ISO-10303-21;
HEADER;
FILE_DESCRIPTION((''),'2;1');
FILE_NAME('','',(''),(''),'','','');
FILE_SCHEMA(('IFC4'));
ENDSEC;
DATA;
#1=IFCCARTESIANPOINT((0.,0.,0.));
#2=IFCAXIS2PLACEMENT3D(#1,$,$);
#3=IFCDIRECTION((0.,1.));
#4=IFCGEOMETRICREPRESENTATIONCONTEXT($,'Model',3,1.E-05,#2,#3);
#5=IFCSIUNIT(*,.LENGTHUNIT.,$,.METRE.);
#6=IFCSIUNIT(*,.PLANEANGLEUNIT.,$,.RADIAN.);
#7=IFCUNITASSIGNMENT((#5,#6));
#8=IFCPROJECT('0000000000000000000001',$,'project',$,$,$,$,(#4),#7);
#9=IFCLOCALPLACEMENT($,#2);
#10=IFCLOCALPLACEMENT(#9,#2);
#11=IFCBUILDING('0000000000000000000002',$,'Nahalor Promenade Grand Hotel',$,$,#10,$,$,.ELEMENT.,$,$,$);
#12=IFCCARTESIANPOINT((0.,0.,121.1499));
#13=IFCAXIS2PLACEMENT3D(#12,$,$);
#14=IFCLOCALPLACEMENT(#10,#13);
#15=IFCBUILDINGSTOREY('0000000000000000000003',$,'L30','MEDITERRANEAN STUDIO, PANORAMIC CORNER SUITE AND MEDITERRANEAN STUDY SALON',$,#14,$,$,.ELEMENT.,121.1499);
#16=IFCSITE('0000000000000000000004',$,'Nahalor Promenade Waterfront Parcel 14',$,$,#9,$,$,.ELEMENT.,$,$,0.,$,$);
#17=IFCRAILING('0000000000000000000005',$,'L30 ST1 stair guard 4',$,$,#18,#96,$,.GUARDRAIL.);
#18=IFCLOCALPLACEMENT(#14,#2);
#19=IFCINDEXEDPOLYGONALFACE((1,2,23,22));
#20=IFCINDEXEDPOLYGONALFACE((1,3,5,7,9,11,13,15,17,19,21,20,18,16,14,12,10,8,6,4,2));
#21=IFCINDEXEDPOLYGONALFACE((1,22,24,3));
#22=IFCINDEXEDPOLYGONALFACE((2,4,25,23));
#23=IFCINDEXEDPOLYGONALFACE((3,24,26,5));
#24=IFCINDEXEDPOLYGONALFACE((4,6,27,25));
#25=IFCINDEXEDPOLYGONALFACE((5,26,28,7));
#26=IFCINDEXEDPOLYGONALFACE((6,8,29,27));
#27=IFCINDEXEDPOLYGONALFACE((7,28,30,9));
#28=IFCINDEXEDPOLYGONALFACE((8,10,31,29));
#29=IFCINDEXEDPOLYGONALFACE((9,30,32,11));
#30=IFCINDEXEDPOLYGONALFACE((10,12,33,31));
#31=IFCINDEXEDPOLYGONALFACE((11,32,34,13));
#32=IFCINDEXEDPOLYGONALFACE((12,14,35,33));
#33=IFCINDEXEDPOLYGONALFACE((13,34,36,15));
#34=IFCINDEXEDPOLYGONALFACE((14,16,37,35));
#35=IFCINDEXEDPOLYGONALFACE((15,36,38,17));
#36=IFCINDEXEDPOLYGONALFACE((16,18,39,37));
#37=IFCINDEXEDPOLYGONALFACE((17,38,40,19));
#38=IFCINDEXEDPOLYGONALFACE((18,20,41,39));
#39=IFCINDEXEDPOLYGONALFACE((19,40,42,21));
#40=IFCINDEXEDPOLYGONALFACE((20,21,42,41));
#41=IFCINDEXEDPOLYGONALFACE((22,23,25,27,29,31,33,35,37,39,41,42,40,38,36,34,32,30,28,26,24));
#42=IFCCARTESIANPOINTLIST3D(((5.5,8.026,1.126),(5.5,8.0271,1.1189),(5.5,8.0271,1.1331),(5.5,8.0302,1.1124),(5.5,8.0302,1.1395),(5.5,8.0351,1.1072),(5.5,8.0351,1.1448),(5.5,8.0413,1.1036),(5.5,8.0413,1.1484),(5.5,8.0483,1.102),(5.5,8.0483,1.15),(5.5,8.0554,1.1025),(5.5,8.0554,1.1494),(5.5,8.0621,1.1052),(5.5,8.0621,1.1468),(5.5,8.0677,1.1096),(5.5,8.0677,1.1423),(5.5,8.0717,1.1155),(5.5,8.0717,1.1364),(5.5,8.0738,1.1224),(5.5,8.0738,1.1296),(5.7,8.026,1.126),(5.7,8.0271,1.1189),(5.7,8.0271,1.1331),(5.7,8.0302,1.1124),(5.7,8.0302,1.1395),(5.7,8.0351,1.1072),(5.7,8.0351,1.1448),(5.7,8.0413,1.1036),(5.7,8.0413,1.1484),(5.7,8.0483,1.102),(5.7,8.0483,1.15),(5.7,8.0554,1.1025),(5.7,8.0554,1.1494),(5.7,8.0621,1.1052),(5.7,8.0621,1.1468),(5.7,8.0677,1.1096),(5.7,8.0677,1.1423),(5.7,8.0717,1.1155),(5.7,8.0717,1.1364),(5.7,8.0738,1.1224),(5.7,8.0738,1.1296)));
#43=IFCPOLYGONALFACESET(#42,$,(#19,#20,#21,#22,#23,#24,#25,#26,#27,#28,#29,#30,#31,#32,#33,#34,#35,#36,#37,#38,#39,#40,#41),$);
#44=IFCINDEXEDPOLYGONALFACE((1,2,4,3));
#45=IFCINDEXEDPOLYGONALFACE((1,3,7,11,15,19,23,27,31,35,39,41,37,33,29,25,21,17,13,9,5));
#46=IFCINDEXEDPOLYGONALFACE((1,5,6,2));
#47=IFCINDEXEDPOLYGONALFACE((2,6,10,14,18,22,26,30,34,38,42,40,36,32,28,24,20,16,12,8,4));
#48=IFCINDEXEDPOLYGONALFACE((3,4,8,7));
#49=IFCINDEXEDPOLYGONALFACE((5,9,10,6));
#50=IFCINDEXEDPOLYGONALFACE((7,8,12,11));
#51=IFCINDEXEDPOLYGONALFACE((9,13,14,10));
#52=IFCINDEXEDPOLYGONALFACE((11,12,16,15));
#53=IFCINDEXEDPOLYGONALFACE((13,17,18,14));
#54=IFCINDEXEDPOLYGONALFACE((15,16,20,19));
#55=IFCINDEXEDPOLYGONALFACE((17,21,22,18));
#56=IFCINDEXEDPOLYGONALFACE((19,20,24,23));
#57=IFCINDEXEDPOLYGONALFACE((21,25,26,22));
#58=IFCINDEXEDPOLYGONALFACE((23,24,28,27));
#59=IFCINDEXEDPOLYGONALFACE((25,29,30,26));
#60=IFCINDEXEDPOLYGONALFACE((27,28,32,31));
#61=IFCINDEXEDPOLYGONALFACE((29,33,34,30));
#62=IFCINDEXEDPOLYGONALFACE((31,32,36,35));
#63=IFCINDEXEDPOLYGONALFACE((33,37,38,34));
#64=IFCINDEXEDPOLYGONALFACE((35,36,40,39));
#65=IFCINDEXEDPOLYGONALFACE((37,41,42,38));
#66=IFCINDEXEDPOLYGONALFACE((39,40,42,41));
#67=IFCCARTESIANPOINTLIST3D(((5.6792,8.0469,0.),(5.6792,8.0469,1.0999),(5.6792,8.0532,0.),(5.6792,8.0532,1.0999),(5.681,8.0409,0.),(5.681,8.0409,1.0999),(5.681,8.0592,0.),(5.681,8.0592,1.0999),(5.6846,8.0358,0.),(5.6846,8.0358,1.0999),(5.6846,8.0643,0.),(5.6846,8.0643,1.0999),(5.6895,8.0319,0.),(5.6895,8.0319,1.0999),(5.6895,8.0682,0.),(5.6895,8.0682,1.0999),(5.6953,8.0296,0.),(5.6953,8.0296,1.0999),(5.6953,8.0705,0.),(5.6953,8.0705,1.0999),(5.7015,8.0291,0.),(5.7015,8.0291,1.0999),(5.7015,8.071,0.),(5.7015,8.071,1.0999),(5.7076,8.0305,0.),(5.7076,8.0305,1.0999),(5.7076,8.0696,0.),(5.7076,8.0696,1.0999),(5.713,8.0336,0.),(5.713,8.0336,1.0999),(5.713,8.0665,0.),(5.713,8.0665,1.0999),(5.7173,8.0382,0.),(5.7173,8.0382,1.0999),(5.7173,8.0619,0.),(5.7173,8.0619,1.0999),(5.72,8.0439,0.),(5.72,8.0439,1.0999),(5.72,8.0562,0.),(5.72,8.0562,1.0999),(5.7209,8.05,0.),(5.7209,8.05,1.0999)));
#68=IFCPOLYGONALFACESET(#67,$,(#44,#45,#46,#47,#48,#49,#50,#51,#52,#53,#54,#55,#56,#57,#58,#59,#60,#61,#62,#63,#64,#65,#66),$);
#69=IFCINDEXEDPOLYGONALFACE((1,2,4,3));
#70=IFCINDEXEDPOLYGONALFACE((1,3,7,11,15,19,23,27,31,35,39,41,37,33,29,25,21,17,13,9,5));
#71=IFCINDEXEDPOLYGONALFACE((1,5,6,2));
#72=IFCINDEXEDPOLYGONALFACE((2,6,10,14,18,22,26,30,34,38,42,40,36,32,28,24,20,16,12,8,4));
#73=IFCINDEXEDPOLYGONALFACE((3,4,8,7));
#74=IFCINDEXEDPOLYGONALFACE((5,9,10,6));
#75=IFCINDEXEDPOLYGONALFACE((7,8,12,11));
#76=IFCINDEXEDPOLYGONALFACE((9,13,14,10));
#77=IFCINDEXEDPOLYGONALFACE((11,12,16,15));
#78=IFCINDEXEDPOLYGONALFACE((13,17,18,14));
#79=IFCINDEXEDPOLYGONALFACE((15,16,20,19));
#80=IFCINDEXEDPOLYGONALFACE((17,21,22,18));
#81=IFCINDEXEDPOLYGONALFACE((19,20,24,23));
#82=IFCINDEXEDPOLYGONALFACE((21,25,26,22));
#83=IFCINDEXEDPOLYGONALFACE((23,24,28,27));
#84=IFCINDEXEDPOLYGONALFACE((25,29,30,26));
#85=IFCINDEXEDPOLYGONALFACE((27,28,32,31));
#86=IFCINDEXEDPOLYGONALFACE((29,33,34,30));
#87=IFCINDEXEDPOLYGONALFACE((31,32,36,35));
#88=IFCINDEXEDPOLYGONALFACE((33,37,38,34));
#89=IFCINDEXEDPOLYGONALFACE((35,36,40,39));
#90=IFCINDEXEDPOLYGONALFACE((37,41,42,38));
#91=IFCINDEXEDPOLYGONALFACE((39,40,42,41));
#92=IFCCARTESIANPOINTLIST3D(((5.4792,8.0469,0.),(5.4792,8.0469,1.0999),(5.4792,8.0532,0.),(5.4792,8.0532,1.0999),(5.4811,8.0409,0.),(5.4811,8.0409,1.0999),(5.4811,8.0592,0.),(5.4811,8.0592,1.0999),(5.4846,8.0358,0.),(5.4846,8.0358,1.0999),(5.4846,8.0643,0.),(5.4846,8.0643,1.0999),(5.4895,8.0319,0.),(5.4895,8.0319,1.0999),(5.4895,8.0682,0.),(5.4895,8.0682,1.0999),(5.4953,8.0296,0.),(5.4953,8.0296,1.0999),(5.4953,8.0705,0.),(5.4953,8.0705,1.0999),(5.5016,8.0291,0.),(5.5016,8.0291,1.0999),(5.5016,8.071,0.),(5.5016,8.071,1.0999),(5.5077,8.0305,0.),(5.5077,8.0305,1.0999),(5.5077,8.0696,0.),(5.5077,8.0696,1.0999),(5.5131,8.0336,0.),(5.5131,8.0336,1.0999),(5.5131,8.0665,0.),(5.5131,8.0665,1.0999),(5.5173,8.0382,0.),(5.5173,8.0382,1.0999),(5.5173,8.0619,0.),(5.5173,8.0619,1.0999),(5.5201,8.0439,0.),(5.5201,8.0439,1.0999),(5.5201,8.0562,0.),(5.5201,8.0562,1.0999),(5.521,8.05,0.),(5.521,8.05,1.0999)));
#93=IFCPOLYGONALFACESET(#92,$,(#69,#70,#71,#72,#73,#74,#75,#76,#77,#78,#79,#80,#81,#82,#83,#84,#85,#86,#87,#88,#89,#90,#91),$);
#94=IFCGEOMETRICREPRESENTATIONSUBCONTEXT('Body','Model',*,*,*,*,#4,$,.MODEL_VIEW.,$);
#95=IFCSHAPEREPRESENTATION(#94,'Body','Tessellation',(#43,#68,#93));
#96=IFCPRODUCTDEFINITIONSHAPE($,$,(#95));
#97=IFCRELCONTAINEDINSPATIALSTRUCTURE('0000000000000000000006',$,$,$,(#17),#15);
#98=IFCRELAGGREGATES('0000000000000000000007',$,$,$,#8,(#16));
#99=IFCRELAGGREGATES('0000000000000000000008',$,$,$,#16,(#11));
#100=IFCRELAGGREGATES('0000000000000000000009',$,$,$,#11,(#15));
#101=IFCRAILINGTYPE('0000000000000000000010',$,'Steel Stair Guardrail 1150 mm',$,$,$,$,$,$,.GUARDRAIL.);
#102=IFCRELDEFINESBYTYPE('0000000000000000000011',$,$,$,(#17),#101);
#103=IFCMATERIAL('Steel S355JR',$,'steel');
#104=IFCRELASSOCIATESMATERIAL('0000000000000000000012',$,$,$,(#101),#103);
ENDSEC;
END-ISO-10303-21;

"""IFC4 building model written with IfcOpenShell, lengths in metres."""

from ifc_helpers import new_model, si_unit, direction, frame, origin, origin_2d, place, context, subcontext, project, spatial, circle, extrude, material, type_object, element, save


model = new_model("IFC4")

# Units and contexts
model_context = context("Model", 3, precision=1e-05, world=origin(), true_north=direction((0.0, 1.0)))
body_context = subcontext(model_context, "Body", "Model", "MODEL_VIEW")
ifc_project = project(units=[si_unit("LENGTHUNIT", "METRE"), si_unit("PLANEANGLEUNIT", "RADIAN")], contexts=[model_context])

# Site, building, storey
site_placement = place(None, origin())
site = spatial("IfcSite", under=ifc_project, at=site_placement, Name="Nahalor Promenade Waterfront Parcel 14", CompositionType="ELEMENT", RefElevation=0.0)
building_placement = place(site_placement, origin())
building = spatial("IfcBuilding", under=site, at=building_placement, Name="Nahalor Promenade Grand Hotel", CompositionType="ELEMENT")
storey_placement = place(building_placement, frame((0.0, 0.0, 121.1499)))
storey = spatial("IfcBuildingStorey", under=building, at=storey_placement, Name="L30", Description="MEDITERRANEAN STUDIO, PANORAMIC CORNER SUITE AND MEDITERRANEAN STUDY SALON", CompositionType="ELEMENT", Elevation=121.1499)

# Shared definitions
ifc_material_1 = material(Name="Steel S355JR", Category="steel")

# Railing
railing_type_1 = type_object("IfcRailingType", Name="Steel Stair Guardrail 1150 mm", PredefinedType="GUARDRAIL", material=ifc_material_1)
railing_1_placement = place(storey_placement, frame((5.7, 8.05, 0.0)))
element("IfcRailing", 1, at=railing_1_placement, inside=storey, type_object=railing_type_1, Name="L30 ST1 stair guard 4", PredefinedType="GUARDRAIL", context=body_context, shape_type="SweptSolid", body=[
    extrude(circle(Radius=0.024, at=origin_2d()), frame((0.0, 0.0, 1.126), z_axis=(-1.0, 0.0, 0.0), x_axis=(0.0, -1.0, 0.0)), (0.0, 0.0, 1.0), 0.2),
    extrude(circle(Radius=0.021, at=origin_2d()), origin(), (0.0, 0.0, 1.0), 1.0999),
    extrude(circle(Radius=0.021, at=origin_2d()), frame((-0.2, 0.0, 0.0)), (0.0, 0.0, 1.0), 1.0999),
])

save(model, "model.ifc")
